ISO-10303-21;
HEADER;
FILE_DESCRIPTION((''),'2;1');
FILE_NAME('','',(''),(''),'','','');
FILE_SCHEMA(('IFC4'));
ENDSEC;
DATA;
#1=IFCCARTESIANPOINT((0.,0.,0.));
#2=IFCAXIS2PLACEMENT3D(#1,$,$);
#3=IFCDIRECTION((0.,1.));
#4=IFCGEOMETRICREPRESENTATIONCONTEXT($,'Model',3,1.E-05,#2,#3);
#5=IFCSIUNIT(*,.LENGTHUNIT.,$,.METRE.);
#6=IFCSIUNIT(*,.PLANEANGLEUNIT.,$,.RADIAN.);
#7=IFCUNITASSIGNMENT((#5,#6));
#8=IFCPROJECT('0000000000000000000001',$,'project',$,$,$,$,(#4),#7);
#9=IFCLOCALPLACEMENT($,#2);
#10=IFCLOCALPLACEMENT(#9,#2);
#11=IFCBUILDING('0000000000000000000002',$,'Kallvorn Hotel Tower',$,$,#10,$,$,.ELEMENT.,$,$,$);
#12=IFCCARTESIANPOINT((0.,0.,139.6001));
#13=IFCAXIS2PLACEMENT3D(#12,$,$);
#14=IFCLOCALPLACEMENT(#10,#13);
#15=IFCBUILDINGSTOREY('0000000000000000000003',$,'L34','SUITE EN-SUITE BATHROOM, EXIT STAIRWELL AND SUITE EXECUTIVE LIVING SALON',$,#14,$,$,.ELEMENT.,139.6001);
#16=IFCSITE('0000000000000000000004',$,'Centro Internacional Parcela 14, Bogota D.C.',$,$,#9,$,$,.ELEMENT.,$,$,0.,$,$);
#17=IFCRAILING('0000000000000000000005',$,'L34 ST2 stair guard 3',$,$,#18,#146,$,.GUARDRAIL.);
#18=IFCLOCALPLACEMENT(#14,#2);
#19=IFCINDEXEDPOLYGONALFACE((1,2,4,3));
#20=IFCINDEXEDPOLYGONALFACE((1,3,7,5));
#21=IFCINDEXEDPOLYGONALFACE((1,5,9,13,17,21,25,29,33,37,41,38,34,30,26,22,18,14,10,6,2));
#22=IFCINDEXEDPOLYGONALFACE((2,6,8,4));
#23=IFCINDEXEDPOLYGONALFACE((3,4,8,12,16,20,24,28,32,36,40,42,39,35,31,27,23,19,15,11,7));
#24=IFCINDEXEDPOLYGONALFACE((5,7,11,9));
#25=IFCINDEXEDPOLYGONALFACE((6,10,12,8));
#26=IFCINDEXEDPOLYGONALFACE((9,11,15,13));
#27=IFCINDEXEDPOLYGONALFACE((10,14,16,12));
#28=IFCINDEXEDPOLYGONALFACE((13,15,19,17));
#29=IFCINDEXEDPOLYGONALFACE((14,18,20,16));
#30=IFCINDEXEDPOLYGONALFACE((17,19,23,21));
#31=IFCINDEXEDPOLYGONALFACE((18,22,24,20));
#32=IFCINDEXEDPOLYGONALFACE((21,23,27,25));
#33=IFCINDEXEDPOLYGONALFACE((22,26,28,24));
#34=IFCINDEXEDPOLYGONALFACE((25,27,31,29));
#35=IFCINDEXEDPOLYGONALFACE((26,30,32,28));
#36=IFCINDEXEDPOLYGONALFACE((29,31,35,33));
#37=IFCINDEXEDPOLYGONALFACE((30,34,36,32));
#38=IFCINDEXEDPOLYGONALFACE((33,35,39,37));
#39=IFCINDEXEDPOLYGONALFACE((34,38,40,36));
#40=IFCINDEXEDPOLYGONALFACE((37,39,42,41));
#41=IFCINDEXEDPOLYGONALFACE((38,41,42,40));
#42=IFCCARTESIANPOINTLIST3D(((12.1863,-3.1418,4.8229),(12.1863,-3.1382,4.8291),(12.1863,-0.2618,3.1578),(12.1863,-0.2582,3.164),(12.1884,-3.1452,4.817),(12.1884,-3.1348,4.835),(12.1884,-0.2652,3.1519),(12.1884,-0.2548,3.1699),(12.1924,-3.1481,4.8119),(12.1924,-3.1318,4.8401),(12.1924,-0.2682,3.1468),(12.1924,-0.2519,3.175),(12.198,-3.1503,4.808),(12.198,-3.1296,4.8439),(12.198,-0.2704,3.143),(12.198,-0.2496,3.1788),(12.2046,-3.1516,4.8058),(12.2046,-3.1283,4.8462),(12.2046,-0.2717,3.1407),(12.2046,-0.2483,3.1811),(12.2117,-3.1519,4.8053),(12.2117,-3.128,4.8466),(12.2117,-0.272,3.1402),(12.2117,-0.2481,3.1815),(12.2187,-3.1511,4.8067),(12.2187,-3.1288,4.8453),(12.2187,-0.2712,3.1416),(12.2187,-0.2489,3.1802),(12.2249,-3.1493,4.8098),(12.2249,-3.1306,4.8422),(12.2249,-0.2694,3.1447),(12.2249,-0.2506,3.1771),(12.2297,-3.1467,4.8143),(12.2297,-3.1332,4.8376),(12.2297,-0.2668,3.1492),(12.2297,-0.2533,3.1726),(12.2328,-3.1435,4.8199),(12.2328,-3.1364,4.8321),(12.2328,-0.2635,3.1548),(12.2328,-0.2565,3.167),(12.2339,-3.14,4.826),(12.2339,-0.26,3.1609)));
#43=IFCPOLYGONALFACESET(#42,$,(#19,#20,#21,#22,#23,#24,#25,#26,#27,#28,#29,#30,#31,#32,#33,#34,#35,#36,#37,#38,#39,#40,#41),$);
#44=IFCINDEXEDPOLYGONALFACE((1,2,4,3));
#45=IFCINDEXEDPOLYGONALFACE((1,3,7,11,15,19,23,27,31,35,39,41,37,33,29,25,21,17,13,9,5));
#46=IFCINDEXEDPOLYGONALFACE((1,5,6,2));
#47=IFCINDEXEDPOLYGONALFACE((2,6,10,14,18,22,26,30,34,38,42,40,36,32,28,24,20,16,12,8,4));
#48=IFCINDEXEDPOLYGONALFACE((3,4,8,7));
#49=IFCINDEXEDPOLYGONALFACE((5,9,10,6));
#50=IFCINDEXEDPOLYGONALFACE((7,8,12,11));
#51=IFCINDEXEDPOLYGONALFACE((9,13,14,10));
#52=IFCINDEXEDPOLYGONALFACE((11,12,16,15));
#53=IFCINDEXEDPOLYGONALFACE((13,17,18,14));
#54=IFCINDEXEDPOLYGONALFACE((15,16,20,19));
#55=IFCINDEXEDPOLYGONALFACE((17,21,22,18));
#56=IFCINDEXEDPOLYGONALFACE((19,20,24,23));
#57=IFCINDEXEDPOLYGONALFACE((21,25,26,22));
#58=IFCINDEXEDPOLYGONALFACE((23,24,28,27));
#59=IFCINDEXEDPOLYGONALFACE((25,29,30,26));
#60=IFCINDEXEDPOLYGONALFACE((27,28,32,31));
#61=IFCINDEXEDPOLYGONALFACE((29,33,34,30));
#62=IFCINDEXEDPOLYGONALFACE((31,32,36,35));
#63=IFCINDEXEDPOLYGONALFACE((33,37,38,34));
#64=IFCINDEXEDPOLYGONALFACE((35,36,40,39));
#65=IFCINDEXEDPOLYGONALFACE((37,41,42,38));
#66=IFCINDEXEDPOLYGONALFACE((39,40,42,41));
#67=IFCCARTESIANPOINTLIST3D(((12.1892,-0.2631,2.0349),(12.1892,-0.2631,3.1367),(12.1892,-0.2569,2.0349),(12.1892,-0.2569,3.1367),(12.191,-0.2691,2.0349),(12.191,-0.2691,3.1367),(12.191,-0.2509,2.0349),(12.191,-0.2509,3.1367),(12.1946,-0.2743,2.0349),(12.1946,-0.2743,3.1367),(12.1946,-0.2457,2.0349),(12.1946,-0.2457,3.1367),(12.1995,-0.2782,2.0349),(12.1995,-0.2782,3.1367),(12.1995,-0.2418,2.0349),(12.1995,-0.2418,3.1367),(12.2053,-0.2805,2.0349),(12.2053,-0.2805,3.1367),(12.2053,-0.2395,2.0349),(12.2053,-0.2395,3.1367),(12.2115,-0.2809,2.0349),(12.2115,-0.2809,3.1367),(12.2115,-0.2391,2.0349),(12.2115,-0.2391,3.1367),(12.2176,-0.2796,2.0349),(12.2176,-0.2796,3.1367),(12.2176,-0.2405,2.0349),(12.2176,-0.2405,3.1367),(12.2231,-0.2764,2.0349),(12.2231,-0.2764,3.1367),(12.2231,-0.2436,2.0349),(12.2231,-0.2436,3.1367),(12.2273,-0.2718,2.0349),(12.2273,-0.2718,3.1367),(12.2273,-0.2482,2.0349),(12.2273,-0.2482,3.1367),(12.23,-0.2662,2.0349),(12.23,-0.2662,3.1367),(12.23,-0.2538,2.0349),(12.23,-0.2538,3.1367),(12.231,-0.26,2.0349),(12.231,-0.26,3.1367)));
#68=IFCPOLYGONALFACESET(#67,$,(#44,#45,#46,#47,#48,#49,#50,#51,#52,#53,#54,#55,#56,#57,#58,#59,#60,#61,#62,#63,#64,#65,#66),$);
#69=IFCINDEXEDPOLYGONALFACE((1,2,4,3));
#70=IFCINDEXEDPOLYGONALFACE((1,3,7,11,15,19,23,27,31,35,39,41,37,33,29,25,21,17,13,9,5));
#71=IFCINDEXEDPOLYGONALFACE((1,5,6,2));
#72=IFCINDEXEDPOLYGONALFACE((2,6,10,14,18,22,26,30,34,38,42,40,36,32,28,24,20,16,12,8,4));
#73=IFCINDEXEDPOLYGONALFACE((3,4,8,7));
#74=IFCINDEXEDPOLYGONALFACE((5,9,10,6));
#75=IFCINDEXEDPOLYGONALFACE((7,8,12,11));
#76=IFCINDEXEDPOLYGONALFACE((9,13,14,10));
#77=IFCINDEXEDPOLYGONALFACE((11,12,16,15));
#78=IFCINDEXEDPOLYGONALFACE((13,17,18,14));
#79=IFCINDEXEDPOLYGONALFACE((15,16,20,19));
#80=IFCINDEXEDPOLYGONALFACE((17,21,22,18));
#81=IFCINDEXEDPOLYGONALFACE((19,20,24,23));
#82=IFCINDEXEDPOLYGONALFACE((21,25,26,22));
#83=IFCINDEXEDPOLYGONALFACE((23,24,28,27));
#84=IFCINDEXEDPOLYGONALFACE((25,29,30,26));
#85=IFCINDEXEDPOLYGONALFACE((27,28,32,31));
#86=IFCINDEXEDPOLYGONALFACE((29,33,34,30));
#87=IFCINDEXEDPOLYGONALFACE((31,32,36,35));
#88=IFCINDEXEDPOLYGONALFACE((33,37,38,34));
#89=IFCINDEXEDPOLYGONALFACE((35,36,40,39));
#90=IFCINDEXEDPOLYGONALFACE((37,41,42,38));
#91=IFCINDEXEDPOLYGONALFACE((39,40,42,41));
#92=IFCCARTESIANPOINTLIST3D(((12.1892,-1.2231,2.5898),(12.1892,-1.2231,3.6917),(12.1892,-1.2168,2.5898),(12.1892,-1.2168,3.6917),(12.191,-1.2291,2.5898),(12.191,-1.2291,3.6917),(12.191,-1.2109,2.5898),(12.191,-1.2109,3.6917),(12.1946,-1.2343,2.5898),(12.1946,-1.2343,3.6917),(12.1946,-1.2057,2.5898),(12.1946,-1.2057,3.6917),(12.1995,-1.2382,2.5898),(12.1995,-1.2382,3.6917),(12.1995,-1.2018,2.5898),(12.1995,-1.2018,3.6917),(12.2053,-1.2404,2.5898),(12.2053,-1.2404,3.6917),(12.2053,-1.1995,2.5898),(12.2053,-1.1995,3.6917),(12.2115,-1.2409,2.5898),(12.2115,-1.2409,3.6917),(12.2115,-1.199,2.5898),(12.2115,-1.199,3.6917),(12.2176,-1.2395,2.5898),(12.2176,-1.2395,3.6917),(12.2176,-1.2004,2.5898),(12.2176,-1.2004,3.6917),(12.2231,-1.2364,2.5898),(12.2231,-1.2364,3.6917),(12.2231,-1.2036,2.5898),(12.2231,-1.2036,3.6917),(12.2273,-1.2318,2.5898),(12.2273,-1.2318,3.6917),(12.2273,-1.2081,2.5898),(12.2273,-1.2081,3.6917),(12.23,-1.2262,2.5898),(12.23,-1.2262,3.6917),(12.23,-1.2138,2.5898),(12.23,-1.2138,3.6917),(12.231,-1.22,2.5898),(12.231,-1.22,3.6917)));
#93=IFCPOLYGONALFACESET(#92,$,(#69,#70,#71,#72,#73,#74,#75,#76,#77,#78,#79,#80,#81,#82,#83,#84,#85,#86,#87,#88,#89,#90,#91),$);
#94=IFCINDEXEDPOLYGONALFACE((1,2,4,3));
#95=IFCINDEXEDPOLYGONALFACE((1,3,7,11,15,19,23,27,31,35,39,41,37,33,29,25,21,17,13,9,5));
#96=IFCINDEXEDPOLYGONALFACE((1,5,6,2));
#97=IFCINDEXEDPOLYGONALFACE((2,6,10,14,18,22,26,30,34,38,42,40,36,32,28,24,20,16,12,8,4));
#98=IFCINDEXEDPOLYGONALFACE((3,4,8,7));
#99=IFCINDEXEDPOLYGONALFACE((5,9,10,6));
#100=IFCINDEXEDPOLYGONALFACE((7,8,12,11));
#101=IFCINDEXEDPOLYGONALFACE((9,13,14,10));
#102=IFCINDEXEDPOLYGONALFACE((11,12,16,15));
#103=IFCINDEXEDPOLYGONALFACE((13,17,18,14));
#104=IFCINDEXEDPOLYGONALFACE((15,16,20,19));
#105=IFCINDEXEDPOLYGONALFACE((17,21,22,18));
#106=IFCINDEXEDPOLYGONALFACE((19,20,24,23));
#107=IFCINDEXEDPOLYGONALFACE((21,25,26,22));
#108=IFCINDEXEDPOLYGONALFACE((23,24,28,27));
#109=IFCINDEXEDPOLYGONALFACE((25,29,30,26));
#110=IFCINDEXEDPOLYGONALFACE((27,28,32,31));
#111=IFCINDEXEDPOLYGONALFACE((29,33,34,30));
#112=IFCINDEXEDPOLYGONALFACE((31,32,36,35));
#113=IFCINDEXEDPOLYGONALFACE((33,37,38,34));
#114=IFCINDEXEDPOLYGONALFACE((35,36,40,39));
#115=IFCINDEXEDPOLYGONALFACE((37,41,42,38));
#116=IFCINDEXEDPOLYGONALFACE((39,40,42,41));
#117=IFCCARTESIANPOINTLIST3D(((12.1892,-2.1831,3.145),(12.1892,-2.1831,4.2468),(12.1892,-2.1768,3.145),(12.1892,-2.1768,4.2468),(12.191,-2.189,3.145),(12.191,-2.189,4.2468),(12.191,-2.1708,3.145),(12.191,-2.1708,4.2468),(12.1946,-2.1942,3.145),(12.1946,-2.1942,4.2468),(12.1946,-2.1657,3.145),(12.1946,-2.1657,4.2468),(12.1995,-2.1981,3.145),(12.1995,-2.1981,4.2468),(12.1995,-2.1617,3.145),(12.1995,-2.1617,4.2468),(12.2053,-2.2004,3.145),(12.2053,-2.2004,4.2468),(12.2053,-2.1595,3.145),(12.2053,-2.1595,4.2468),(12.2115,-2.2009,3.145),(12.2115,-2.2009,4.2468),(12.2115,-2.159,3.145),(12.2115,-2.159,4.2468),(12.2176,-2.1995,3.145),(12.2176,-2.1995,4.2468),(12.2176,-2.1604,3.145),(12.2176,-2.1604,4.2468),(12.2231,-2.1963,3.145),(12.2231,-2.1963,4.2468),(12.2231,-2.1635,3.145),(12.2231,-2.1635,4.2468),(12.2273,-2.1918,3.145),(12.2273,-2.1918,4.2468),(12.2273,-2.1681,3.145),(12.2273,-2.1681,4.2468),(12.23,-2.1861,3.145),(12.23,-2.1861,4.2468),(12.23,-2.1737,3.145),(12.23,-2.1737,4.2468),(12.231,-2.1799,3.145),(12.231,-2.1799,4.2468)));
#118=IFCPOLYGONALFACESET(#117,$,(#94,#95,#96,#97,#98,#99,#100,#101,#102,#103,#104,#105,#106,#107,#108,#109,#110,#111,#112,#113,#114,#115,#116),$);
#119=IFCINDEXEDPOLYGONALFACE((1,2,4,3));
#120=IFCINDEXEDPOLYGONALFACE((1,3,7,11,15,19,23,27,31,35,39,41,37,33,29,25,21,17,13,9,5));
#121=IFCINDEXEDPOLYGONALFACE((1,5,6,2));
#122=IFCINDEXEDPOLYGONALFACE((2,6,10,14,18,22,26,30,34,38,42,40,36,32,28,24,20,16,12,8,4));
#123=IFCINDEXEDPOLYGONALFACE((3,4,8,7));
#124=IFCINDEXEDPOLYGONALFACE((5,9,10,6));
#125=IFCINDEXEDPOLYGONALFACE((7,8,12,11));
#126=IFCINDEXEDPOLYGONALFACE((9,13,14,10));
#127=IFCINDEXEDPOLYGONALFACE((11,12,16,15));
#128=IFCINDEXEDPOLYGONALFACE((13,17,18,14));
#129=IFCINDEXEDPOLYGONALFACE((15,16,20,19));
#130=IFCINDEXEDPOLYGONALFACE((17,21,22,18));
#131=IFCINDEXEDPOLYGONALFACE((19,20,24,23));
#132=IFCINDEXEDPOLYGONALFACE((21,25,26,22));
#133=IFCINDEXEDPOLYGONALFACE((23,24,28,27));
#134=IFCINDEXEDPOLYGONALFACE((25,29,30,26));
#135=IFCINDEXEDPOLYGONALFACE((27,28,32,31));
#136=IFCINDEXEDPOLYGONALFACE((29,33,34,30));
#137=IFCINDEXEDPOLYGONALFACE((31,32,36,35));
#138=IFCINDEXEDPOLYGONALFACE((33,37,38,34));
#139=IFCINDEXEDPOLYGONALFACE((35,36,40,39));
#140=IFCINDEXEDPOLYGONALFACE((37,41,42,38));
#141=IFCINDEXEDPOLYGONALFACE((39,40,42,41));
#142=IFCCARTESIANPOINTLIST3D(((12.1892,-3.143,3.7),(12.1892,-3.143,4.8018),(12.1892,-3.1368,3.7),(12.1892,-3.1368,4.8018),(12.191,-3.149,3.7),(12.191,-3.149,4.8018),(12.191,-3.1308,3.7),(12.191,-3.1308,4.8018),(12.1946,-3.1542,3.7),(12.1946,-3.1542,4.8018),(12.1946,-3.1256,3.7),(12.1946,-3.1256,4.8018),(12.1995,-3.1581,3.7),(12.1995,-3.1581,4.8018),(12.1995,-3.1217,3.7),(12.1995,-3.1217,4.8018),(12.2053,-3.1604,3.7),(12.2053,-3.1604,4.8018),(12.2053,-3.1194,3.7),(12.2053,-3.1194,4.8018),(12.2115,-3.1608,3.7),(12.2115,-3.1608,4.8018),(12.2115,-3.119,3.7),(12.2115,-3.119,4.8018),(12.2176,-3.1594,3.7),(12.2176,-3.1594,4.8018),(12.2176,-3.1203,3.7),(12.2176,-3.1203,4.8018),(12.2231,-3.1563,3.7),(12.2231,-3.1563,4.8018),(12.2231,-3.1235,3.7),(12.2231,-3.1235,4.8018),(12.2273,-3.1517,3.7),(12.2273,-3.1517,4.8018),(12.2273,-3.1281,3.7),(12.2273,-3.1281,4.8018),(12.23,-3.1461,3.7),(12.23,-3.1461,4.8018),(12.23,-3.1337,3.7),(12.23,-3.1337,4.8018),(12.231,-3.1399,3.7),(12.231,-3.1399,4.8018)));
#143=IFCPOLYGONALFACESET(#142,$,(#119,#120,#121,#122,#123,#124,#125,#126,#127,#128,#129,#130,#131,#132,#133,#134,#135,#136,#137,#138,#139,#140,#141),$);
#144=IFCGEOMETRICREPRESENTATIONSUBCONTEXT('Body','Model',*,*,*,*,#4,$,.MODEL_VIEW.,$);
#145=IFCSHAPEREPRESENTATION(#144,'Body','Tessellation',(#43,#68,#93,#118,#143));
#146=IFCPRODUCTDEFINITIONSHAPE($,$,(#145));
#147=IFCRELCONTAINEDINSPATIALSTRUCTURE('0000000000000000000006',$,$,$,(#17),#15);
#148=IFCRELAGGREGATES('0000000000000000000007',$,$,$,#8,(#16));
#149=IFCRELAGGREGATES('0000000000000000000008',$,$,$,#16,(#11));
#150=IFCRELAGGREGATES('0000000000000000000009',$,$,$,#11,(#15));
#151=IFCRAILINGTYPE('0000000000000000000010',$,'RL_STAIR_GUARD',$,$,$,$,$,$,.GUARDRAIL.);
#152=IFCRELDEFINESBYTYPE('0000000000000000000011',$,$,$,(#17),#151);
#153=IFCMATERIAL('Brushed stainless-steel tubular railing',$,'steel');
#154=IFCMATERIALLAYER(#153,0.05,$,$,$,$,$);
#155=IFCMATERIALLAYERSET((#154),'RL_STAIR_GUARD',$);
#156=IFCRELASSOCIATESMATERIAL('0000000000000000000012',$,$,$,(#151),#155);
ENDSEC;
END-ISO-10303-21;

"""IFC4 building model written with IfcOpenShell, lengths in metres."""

from ifc_helpers import new_model, si_unit, direction, frame, origin, origin_2d, place, context, subcontext, project, spatial, circle, extrude, material, layer, layer_set, type_object, element, save


model = new_model("IFC4")

# Units and contexts
model_context = context("Model", 3, precision=1e-05, world=origin(), true_north=direction((0.0, 1.0)))
body_context = subcontext(model_context, "Body", "Model", "MODEL_VIEW")
ifc_project = project(units=[si_unit("LENGTHUNIT", "METRE"), si_unit("PLANEANGLEUNIT", "RADIAN")], contexts=[model_context])

# Site, building, storey
site_placement = place(None, origin())
site = spatial("IfcSite", under=ifc_project, at=site_placement, Name="Centro Internacional Parcela 14, Bogota D.C.", CompositionType="ELEMENT", RefElevation=0.0)
building_placement = place(site_placement, origin())
building = spatial("IfcBuilding", under=site, at=building_placement, Name="Kallvorn Hotel Tower", CompositionType="ELEMENT")
storey_placement = place(building_placement, frame((0.0, 0.0, 139.6001)))
storey = spatial("IfcBuildingStorey", under=building, at=storey_placement, Name="L34", Description="SUITE EN-SUITE BATHROOM, EXIT STAIRWELL AND SUITE EXECUTIVE LIVING SALON", CompositionType="ELEMENT", Elevation=139.6001)

# Railing
ifc_material_1 = material(Name="Brushed stainless-steel tubular railing", Category="steel")
ifc_layer_1 = layer(ifc_material_1, 0.05)
ifc_layer_set_1 = layer_set([ifc_layer_1], Name="RL_STAIR_GUARD")
railing_type_1 = type_object("IfcRailingType", Name="RL_STAIR_GUARD", PredefinedType="GUARDRAIL", material=ifc_layer_set_1)
railing_1_placement = place(storey_placement, frame((12.21, -0.26, 2.0349)))
element("IfcRailing", 1, at=railing_1_placement, inside=storey, type_object=railing_type_1, Name="L34 ST2 stair guard 3", PredefinedType="GUARDRAIL", context=body_context, shape_type="SweptSolid", body=[
    extrude(circle(Radius=0.0239, at=origin_2d()), frame((0.0, 0.0, 1.126), z_axis=(0.0, -0.865721, 0.500527), x_axis=(1.0, 0.0, 0.0)), (0.0, 0.0, 1.0), 3.3267),
    extrude(circle(Radius=0.021, at=origin_2d()), origin(), (0.0, 0.0, 1.0), 1.1018),
    extrude(circle(Radius=0.021, at=origin_2d()), frame((0.0, -0.96, 0.5549)), (0.0, 0.0, 1.0), 1.1018),
    extrude(circle(Radius=0.021, at=origin_2d()), frame((0.0, -1.9199, 1.1101)), (0.0, 0.0, 1.0), 1.1018),
    extrude(circle(Radius=0.021, at=origin_2d()), frame((0.0, -2.8799, 1.665)), (0.0, 0.0, 1.0), 1.1018),
])

save(model, "model.ifc")
